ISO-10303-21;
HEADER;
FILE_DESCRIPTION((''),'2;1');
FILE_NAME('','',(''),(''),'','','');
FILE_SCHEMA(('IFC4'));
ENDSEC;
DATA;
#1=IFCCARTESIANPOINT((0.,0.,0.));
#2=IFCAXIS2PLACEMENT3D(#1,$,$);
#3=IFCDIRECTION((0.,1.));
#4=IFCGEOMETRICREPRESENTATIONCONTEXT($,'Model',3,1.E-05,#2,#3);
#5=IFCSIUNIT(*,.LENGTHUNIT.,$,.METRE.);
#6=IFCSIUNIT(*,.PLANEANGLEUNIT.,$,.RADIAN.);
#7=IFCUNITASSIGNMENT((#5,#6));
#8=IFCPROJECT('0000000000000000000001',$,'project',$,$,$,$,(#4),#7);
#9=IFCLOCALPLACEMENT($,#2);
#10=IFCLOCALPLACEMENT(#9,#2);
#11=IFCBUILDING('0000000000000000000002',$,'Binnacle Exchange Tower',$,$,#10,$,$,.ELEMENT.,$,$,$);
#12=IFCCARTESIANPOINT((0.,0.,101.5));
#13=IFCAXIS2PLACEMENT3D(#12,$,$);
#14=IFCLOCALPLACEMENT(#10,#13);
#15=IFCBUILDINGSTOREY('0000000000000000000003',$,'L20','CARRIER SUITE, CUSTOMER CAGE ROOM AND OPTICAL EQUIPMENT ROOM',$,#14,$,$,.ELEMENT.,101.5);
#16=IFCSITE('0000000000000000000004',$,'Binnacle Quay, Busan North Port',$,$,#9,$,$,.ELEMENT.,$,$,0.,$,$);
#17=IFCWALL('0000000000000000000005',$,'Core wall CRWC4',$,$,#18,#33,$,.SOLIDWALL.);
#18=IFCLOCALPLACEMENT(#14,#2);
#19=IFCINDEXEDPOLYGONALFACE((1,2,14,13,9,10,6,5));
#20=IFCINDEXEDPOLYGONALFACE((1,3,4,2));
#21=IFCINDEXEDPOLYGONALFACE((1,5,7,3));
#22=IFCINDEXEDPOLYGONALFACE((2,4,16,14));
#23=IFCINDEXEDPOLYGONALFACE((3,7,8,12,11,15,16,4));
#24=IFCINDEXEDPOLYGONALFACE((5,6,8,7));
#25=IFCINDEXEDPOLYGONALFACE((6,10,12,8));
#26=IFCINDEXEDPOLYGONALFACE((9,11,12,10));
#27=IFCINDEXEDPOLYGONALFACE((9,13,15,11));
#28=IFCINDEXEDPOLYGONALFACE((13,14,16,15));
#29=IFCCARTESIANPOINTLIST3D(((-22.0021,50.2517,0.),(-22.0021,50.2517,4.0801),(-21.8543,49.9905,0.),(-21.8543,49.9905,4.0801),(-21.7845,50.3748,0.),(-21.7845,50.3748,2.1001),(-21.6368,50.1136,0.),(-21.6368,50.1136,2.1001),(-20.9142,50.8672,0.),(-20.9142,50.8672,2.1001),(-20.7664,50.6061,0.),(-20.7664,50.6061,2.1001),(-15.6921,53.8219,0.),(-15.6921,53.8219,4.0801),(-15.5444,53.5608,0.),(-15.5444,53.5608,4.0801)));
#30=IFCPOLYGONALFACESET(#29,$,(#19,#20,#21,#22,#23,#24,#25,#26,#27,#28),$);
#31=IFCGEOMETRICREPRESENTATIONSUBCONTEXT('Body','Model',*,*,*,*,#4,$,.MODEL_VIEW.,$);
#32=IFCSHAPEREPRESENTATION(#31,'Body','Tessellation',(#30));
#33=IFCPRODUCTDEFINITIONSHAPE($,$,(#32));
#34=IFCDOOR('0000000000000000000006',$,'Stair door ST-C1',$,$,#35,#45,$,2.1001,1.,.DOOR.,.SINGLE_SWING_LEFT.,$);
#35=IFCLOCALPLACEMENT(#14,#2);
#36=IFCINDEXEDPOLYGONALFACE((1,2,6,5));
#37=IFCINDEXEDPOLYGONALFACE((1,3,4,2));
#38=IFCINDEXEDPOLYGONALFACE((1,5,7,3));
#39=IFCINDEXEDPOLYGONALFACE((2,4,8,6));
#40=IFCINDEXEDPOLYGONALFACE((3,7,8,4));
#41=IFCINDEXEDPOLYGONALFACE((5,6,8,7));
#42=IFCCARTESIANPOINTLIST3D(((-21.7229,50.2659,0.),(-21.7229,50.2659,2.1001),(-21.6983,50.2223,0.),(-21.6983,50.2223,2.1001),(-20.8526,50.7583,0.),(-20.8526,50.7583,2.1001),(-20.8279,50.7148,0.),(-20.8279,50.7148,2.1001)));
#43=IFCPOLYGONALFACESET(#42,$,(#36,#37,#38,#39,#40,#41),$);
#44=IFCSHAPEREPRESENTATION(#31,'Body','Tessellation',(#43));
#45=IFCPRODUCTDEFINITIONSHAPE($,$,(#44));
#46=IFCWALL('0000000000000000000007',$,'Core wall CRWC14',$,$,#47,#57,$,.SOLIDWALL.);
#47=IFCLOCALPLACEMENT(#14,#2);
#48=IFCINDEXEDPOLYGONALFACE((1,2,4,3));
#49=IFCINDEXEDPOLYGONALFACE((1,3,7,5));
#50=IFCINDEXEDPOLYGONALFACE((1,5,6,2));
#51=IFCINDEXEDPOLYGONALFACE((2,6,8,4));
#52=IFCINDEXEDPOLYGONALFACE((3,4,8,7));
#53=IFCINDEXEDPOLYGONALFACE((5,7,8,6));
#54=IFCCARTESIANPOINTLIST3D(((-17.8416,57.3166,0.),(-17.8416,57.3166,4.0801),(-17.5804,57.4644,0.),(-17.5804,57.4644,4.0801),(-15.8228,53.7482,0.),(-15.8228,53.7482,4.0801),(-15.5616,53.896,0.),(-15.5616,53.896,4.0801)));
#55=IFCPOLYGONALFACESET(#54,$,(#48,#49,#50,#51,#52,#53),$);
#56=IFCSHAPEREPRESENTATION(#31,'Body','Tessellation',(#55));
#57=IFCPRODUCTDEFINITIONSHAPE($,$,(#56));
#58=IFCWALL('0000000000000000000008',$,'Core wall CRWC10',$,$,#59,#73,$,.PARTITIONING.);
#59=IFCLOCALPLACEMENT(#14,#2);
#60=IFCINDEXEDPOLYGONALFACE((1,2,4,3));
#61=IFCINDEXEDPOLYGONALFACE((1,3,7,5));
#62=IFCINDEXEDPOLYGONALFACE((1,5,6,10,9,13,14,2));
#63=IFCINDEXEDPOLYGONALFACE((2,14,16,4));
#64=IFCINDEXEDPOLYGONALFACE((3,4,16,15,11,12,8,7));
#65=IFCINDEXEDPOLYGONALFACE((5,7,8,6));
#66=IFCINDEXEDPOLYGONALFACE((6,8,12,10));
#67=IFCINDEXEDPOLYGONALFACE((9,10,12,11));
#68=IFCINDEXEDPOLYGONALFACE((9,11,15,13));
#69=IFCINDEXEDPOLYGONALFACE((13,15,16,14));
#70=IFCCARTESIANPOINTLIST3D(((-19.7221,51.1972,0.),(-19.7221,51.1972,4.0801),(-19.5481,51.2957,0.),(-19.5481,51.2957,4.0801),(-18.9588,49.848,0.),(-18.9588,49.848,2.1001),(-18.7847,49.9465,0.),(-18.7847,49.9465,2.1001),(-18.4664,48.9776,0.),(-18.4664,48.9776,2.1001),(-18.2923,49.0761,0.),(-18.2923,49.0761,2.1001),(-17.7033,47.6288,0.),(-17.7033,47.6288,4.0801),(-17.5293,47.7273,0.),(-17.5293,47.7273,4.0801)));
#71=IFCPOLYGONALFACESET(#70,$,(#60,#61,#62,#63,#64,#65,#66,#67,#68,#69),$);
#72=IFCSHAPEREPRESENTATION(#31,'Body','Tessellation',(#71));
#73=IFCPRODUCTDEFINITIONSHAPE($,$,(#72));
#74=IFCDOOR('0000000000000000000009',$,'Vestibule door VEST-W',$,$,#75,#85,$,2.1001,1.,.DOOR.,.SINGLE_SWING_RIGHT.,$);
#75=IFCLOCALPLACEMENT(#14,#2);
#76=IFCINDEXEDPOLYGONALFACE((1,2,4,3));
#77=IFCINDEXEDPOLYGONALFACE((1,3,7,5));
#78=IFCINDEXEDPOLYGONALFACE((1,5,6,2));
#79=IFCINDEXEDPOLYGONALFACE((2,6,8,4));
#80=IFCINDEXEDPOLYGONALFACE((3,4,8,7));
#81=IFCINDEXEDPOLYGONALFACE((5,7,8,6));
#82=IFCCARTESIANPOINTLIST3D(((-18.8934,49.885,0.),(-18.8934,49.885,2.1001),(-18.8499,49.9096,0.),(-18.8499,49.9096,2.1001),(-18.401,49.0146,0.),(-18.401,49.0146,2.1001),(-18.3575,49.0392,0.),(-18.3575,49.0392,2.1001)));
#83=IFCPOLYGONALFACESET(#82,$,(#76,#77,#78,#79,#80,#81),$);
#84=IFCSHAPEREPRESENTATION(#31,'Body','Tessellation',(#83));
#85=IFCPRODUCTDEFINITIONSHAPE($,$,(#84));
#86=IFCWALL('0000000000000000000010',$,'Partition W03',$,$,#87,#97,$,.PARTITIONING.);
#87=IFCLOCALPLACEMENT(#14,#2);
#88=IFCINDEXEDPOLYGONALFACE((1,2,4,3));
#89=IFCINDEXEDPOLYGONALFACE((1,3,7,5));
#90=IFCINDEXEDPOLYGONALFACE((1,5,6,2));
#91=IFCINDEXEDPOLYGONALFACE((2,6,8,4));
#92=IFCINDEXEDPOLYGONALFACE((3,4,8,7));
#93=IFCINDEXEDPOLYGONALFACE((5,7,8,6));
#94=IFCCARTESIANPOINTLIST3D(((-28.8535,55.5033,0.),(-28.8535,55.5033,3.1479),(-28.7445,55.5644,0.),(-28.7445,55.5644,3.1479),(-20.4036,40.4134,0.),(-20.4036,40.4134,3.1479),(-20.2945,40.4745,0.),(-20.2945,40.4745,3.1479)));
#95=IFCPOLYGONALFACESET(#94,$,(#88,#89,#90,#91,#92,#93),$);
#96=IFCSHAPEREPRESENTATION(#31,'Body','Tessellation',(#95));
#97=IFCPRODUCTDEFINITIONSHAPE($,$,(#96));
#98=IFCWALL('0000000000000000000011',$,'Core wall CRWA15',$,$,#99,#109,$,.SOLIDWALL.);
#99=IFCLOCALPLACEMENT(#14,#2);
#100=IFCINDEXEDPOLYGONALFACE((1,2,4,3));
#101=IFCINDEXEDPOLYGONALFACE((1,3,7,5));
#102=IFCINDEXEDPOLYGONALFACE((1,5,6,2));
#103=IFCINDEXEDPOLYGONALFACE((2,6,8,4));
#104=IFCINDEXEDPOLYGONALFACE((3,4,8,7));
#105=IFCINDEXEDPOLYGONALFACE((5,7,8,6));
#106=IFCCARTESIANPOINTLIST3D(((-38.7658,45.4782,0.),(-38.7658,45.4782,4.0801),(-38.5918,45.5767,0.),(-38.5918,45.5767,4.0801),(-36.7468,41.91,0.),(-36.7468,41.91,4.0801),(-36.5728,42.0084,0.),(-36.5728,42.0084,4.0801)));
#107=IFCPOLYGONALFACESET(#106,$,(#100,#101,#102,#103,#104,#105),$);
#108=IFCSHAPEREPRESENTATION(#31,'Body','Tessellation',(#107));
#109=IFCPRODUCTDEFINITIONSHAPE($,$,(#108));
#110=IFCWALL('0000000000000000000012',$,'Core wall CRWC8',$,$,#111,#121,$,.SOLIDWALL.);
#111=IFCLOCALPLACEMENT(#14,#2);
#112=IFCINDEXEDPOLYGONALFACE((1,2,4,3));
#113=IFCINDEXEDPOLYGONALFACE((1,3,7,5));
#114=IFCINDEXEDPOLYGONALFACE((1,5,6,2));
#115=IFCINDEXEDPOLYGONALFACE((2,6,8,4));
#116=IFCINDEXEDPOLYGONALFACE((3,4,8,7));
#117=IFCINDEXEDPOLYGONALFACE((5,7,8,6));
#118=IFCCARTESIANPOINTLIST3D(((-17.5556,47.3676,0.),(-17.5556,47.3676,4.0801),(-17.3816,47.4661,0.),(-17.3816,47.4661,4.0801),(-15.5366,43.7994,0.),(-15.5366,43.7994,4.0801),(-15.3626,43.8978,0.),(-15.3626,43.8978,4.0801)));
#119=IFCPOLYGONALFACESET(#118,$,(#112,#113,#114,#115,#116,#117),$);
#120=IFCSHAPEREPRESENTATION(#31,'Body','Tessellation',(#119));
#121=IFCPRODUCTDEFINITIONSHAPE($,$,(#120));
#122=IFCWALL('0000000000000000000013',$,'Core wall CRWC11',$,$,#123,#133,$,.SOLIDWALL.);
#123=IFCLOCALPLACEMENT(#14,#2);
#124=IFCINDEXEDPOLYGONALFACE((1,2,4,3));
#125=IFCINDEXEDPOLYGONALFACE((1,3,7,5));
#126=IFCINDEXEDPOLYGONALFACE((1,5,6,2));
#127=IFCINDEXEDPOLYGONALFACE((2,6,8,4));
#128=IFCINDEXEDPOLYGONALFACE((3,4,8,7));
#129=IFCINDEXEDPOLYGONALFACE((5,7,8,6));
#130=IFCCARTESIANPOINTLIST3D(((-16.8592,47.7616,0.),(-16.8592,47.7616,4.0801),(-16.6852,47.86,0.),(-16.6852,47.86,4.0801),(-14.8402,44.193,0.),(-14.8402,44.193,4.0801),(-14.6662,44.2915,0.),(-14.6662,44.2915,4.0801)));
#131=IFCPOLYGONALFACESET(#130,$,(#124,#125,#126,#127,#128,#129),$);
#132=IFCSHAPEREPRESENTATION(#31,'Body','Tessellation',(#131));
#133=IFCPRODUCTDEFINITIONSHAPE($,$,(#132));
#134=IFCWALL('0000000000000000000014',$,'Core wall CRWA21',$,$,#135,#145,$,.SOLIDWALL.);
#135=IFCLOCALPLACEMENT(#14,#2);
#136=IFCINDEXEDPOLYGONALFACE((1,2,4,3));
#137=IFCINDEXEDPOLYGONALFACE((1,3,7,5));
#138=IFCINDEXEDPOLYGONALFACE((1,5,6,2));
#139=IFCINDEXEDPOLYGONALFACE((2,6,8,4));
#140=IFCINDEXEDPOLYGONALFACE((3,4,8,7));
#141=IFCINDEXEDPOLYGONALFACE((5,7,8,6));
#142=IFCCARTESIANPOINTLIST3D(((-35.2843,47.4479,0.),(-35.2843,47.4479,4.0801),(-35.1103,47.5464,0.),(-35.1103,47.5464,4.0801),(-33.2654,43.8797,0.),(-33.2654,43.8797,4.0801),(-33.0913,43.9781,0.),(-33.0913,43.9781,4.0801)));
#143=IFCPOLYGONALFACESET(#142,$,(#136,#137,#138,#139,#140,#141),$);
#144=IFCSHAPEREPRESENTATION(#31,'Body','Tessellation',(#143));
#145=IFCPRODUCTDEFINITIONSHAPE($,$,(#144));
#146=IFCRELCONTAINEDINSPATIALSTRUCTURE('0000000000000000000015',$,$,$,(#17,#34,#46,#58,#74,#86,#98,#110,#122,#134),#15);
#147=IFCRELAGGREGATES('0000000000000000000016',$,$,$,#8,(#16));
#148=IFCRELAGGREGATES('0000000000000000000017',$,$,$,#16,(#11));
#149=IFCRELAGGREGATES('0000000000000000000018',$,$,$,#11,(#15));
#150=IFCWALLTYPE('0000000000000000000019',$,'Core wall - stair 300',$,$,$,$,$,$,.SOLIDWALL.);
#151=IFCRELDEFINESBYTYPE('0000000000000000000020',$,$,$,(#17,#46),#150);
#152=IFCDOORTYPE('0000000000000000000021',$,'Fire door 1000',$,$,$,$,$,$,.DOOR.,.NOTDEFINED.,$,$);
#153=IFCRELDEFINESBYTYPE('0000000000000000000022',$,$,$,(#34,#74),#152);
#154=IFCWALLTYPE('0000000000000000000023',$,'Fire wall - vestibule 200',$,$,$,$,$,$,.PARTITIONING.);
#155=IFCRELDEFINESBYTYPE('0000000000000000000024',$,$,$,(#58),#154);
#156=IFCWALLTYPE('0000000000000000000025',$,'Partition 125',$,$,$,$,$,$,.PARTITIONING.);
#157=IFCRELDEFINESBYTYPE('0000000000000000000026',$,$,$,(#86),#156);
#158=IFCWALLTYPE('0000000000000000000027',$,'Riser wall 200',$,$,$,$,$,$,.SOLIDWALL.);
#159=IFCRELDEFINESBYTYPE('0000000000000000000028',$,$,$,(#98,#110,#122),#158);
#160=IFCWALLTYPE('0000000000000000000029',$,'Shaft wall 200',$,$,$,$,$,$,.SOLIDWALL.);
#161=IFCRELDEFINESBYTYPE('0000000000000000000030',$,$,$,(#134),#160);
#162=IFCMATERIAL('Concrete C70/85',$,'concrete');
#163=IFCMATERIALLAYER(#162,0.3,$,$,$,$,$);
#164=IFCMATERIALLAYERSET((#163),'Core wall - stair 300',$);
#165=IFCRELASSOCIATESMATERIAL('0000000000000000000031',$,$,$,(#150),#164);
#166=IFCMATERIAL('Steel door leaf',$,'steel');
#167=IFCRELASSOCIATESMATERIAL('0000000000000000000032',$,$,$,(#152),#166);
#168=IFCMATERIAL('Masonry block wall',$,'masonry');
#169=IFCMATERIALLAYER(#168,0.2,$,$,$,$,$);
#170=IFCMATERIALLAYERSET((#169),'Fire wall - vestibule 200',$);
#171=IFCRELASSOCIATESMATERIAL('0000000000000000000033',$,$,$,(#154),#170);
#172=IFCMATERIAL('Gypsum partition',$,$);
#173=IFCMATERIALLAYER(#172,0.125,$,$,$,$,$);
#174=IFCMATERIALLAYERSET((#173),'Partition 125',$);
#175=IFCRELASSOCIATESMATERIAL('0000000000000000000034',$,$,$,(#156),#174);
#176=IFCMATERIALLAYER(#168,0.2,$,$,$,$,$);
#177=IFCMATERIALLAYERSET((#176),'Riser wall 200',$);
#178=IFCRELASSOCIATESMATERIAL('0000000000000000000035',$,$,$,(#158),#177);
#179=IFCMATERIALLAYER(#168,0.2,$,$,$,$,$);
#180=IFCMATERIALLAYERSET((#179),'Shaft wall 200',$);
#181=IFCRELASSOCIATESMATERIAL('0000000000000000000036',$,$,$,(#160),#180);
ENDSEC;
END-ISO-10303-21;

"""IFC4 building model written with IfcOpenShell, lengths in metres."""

from ifc_helpers import new_model, si_unit, direction, frame, frame_2d, origin, place, context, subcontext, project, spatial, rectangle, extrude, material, layer, layer_set, type_object, element, fill, save


model = new_model("IFC4")

# Units and contexts
model_context = context("Model", 3, precision=1e-05, world=origin(), true_north=direction((0.0, 1.0)))
body_context = subcontext(model_context, "Body", "Model", "MODEL_VIEW")
ifc_project = project(units=[si_unit("LENGTHUNIT", "METRE"), si_unit("PLANEANGLEUNIT", "RADIAN")], contexts=[model_context])

# Site, building, storey
site_placement = place(None, origin())
site = spatial("IfcSite", under=ifc_project, at=site_placement, Name="Binnacle Quay, Busan North Port", CompositionType="ELEMENT", RefElevation=0.0)
building_placement = place(site_placement, origin())
building = spatial("IfcBuilding", under=site, at=building_placement, Name="Binnacle Exchange Tower", CompositionType="ELEMENT")
storey_placement = place(building_placement, frame((0.0, 0.0, 101.5)))
storey = spatial("IfcBuildingStorey", under=building, at=storey_placement, Name="L20", Description="CARRIER SUITE, CUSTOMER CAGE ROOM AND OPTICAL EQUIPMENT ROOM", CompositionType="ELEMENT", Elevation=101.5)

# Shared definitions
ifc_material_1 = material(Name="Concrete C70/85", Category="concrete")

# Shared definitions
ifc_material_2 = material(Name="Steel door leaf", Category="steel")

# Shared definitions
ifc_layer_1 = layer(ifc_material_1, 0.3)
ifc_layer_set_1 = layer_set([ifc_layer_1], Name="Core wall - stair 300")
wall_type_1 = type_object("IfcWallType", Name="Core wall - stair 300", PredefinedType="SOLIDWALL", material=ifc_layer_set_1)

# Wall, opening, door
wall_1_placement = place(storey_placement, frame((-21.9282, 50.1211, 0.0), z_axis=(0.0, 0.0, 1.0), x_axis=(0.870341, 0.49245, 0.0)))
wall_1 = element("IfcWall", 1, at=wall_1_placement, inside=storey, type_object=wall_type_1, Name="Core wall CRWC4", PredefinedType="SOLIDWALL", context=body_context, shape_type="SweptSolid", body=[
    extrude(rectangle(XDim=7.25, YDim=0.3, at=frame_2d((3.625, 0.0))), origin(), (0.0, 0.0, 1.0), 4.0801),
])
opening_1_placement = place(wall_1_placement, frame((0.25, 0.0, 0.0)))
opening_1 = element("IfcOpeningElement", 2, at=opening_1_placement, cuts=wall_1, PredefinedType="OPENING", context=body_context, shape_type="SweptSolid", body=[
    extrude(rectangle(XDim=1.0, YDim=2.1001, at=frame_2d((0.5, 1.05))), frame((0.0, 0.1599, 0.0), z_axis=(0.0, -1.0, 0.0), x_axis=(1.0, 0.0, 0.0)), (0.0, 0.0, 1.0), 0.3201),
])
door_type_1 = type_object("IfcDoorType", Name="Fire door 1000", OperationType="NOTDEFINED", PredefinedType="DOOR", material=ifc_material_2)
door_1_placement = place(opening_1_placement, origin())
door_1 = element("IfcDoor", 3, at=door_1_placement, inside=storey, type_object=door_type_1, Name="Stair door ST-C1", OperationType="SINGLE_SWING_LEFT", OverallHeight=2.1001, OverallWidth=1.0, PredefinedType="DOOR", context=body_context, shape_type="SweptSolid", body=[
    extrude(rectangle(XDim=1.0, YDim=2.1001, at=frame_2d((0.5, 1.05))), frame((0.0, 0.0249, 0.0), z_axis=(0.0, -1.0, 0.0), x_axis=(1.0, 0.0, 0.0)), (0.0, 0.0, 1.0), 0.05),
])
fill(opening_1, door_1)

# Wall
wall_2_placement = place(storey_placement, frame((-17.7109, 57.3904, 0.0), z_axis=(0.0, 0.0, 1.0), x_axis=(0.492408, -0.870364, 0.0)))
element("IfcWall", 4, at=wall_2_placement, inside=storey, type_object=wall_type_1, Name="Core wall CRWC14", PredefinedType="SOLIDWALL", context=body_context, shape_type="SweptSolid", body=[
    extrude(rectangle(XDim=4.0999, YDim=0.3, at=frame_2d((2.0498, 0.0))), origin(), (0.0, 0.0, 1.0), 4.0801),
])

# Wall, opening, door
ifc_material_3 = material(Name="Masonry block wall", Category="masonry")
ifc_layer_2 = layer(ifc_material_3, 0.2)
ifc_layer_set_2 = layer_set([ifc_layer_2], Name="Fire wall - vestibule 200")
wall_type_2 = type_object("IfcWallType", Name="Fire wall - vestibule 200", PredefinedType="PARTITIONING", material=ifc_layer_set_2)
wall_3_placement = place(storey_placement, frame((-19.635, 51.2463, 0.0), z_axis=(0.0, 0.0, 1.0), x_axis=(0.492408, -0.870364, 0.0)))
wall_3 = element("IfcWall", 5, at=wall_3_placement, inside=storey, type_object=wall_type_2, Name="Core wall CRWC10", PredefinedType="PARTITIONING", context=body_context, shape_type="SweptSolid", body=[
    extrude(rectangle(XDim=4.0999, YDim=0.2, at=frame_2d((2.0498, 0.0))), origin(), (0.0, 0.0, 1.0), 4.0801),
])
opening_2_placement = place(wall_3_placement, frame((1.55, 0.0, 0.0)))
opening_2 = element("IfcOpeningElement", 6, at=opening_2_placement, cuts=wall_3, PredefinedType="OPENING", context=body_context, shape_type="SweptSolid", body=[
    extrude(rectangle(XDim=1.0, YDim=2.1001, at=frame_2d((0.5, 1.05))), frame((0.0, 0.1099, 0.0), z_axis=(0.0, -1.0, 0.0), x_axis=(1.0, 0.0, 0.0)), (0.0, 0.0, 1.0), 0.22),
])
door_2_placement = place(opening_2_placement, frame((1.0, 0.0, 0.0), z_axis=(0.0, 0.0, 1.0), x_axis=(-1.0, 0.0, 0.0)))
door_2 = element("IfcDoor", 7, at=door_2_placement, inside=storey, type_object=door_type_1, Name="Vestibule door VEST-W", OperationType="SINGLE_SWING_RIGHT", OverallHeight=2.1001, OverallWidth=1.0, PredefinedType="DOOR", context=body_context, shape_type="SweptSolid", body=[
    extrude(rectangle(XDim=1.0, YDim=2.1001, at=frame_2d((0.5, 1.05))), frame((0.0, 0.0249, 0.0), z_axis=(0.0, -1.0, 0.0), x_axis=(1.0, 0.0, 0.0)), (0.0, 0.0, 1.0), 0.05),
])
fill(opening_2, door_2)

# Walls
ifc_material_4 = material(Name="Gypsum partition")
ifc_layer_3 = layer(ifc_material_4, 0.125)
ifc_layer_set_3 = layer_set([ifc_layer_3], Name="Partition 125")
wall_type_3 = type_object("IfcWallType", Name="Partition 125", PredefinedType="PARTITIONING", material=ifc_layer_set_3)
wall_4_placement = place(storey_placement, frame((-28.7991, 55.5339, 0.0), z_axis=(0.0, 0.0, 1.0), x_axis=(0.488587, -0.872515, 0.0)))
element("IfcWall", 8, at=wall_4_placement, inside=storey, type_object=wall_type_3, Name="Partition W03", PredefinedType="PARTITIONING", context=body_context, shape_type="SweptSolid", body=[
    extrude(rectangle(XDim=17.2947, YDim=0.125, at=frame_2d((8.6475, 0.0))), origin(), (0.0, 0.0, 1.0), 3.1479),
])
ifc_layer_4 = layer(ifc_material_3, 0.2)
ifc_layer_set_4 = layer_set([ifc_layer_4], Name="Riser wall 200")
wall_type_4 = type_object("IfcWallType", Name="Riser wall 200", PredefinedType="SOLIDWALL", material=ifc_layer_set_4)
for number, where, z_axis, x_axis, name in (
    (9, (-38.6787, 45.5273, 0.0), (0.0, 0.0, 1.0), (0.492454, -0.870339, 0.0), "Core wall CRWA15"),
    (10, (-17.4685, 47.4167, 0.0), (0.0, 0.0, 1.0), (0.492454, -0.870339, 0.0), "Core wall CRWC8"),
):
    element("IfcWall", number, at=place(storey_placement, frame(where, z_axis=z_axis, x_axis=x_axis)), inside=storey, type_object=wall_type_4, Name=name, PredefinedType="SOLIDWALL", context=body_context, shape_type="SweptSolid", body=[
        extrude(rectangle(XDim=4.0999, YDim=0.2, at=frame_2d((2.0498, 0.0))), origin(), (0.0, 0.0, 1.0), 4.0801),
    ])
wall_5_placement = place(storey_placement, frame((-16.7722, 47.8108, 0.0), z_axis=(0.0, 0.0, 1.0), x_axis=(0.492428, -0.870353, 0.0)))
element("IfcWall", 11, at=wall_5_placement, inside=storey, type_object=wall_type_4, Name="Core wall CRWC11", PredefinedType="SOLIDWALL", context=body_context, shape_type="SweptSolid", body=[
    extrude(rectangle(XDim=4.1001, YDim=0.2, at=frame_2d((2.05, 0.0))), origin(), (0.0, 0.0, 1.0), 4.0801),
])
ifc_layer_5 = layer(ifc_material_3, 0.2)
ifc_layer_set_5 = layer_set([ifc_layer_5], Name="Shaft wall 200")
wall_type_5 = type_object("IfcWallType", Name="Shaft wall 200", PredefinedType="SOLIDWALL", material=ifc_layer_set_5)
wall_6_placement = place(storey_placement, frame((-35.1973, 47.4971, 0.0), z_axis=(0.0, 0.0, 1.0), x_axis=(0.492454, -0.870339, 0.0)))
element("IfcWall", 12, at=wall_6_placement, inside=storey, type_object=wall_type_5, Name="Core wall CRWA21", PredefinedType="SOLIDWALL", context=body_context, shape_type="SweptSolid", body=[
    extrude(rectangle(XDim=4.0999, YDim=0.2, at=frame_2d((2.0498, 0.0))), origin(), (0.0, 0.0, 1.0), 4.0801),
])

save(model, "model.ifc")
